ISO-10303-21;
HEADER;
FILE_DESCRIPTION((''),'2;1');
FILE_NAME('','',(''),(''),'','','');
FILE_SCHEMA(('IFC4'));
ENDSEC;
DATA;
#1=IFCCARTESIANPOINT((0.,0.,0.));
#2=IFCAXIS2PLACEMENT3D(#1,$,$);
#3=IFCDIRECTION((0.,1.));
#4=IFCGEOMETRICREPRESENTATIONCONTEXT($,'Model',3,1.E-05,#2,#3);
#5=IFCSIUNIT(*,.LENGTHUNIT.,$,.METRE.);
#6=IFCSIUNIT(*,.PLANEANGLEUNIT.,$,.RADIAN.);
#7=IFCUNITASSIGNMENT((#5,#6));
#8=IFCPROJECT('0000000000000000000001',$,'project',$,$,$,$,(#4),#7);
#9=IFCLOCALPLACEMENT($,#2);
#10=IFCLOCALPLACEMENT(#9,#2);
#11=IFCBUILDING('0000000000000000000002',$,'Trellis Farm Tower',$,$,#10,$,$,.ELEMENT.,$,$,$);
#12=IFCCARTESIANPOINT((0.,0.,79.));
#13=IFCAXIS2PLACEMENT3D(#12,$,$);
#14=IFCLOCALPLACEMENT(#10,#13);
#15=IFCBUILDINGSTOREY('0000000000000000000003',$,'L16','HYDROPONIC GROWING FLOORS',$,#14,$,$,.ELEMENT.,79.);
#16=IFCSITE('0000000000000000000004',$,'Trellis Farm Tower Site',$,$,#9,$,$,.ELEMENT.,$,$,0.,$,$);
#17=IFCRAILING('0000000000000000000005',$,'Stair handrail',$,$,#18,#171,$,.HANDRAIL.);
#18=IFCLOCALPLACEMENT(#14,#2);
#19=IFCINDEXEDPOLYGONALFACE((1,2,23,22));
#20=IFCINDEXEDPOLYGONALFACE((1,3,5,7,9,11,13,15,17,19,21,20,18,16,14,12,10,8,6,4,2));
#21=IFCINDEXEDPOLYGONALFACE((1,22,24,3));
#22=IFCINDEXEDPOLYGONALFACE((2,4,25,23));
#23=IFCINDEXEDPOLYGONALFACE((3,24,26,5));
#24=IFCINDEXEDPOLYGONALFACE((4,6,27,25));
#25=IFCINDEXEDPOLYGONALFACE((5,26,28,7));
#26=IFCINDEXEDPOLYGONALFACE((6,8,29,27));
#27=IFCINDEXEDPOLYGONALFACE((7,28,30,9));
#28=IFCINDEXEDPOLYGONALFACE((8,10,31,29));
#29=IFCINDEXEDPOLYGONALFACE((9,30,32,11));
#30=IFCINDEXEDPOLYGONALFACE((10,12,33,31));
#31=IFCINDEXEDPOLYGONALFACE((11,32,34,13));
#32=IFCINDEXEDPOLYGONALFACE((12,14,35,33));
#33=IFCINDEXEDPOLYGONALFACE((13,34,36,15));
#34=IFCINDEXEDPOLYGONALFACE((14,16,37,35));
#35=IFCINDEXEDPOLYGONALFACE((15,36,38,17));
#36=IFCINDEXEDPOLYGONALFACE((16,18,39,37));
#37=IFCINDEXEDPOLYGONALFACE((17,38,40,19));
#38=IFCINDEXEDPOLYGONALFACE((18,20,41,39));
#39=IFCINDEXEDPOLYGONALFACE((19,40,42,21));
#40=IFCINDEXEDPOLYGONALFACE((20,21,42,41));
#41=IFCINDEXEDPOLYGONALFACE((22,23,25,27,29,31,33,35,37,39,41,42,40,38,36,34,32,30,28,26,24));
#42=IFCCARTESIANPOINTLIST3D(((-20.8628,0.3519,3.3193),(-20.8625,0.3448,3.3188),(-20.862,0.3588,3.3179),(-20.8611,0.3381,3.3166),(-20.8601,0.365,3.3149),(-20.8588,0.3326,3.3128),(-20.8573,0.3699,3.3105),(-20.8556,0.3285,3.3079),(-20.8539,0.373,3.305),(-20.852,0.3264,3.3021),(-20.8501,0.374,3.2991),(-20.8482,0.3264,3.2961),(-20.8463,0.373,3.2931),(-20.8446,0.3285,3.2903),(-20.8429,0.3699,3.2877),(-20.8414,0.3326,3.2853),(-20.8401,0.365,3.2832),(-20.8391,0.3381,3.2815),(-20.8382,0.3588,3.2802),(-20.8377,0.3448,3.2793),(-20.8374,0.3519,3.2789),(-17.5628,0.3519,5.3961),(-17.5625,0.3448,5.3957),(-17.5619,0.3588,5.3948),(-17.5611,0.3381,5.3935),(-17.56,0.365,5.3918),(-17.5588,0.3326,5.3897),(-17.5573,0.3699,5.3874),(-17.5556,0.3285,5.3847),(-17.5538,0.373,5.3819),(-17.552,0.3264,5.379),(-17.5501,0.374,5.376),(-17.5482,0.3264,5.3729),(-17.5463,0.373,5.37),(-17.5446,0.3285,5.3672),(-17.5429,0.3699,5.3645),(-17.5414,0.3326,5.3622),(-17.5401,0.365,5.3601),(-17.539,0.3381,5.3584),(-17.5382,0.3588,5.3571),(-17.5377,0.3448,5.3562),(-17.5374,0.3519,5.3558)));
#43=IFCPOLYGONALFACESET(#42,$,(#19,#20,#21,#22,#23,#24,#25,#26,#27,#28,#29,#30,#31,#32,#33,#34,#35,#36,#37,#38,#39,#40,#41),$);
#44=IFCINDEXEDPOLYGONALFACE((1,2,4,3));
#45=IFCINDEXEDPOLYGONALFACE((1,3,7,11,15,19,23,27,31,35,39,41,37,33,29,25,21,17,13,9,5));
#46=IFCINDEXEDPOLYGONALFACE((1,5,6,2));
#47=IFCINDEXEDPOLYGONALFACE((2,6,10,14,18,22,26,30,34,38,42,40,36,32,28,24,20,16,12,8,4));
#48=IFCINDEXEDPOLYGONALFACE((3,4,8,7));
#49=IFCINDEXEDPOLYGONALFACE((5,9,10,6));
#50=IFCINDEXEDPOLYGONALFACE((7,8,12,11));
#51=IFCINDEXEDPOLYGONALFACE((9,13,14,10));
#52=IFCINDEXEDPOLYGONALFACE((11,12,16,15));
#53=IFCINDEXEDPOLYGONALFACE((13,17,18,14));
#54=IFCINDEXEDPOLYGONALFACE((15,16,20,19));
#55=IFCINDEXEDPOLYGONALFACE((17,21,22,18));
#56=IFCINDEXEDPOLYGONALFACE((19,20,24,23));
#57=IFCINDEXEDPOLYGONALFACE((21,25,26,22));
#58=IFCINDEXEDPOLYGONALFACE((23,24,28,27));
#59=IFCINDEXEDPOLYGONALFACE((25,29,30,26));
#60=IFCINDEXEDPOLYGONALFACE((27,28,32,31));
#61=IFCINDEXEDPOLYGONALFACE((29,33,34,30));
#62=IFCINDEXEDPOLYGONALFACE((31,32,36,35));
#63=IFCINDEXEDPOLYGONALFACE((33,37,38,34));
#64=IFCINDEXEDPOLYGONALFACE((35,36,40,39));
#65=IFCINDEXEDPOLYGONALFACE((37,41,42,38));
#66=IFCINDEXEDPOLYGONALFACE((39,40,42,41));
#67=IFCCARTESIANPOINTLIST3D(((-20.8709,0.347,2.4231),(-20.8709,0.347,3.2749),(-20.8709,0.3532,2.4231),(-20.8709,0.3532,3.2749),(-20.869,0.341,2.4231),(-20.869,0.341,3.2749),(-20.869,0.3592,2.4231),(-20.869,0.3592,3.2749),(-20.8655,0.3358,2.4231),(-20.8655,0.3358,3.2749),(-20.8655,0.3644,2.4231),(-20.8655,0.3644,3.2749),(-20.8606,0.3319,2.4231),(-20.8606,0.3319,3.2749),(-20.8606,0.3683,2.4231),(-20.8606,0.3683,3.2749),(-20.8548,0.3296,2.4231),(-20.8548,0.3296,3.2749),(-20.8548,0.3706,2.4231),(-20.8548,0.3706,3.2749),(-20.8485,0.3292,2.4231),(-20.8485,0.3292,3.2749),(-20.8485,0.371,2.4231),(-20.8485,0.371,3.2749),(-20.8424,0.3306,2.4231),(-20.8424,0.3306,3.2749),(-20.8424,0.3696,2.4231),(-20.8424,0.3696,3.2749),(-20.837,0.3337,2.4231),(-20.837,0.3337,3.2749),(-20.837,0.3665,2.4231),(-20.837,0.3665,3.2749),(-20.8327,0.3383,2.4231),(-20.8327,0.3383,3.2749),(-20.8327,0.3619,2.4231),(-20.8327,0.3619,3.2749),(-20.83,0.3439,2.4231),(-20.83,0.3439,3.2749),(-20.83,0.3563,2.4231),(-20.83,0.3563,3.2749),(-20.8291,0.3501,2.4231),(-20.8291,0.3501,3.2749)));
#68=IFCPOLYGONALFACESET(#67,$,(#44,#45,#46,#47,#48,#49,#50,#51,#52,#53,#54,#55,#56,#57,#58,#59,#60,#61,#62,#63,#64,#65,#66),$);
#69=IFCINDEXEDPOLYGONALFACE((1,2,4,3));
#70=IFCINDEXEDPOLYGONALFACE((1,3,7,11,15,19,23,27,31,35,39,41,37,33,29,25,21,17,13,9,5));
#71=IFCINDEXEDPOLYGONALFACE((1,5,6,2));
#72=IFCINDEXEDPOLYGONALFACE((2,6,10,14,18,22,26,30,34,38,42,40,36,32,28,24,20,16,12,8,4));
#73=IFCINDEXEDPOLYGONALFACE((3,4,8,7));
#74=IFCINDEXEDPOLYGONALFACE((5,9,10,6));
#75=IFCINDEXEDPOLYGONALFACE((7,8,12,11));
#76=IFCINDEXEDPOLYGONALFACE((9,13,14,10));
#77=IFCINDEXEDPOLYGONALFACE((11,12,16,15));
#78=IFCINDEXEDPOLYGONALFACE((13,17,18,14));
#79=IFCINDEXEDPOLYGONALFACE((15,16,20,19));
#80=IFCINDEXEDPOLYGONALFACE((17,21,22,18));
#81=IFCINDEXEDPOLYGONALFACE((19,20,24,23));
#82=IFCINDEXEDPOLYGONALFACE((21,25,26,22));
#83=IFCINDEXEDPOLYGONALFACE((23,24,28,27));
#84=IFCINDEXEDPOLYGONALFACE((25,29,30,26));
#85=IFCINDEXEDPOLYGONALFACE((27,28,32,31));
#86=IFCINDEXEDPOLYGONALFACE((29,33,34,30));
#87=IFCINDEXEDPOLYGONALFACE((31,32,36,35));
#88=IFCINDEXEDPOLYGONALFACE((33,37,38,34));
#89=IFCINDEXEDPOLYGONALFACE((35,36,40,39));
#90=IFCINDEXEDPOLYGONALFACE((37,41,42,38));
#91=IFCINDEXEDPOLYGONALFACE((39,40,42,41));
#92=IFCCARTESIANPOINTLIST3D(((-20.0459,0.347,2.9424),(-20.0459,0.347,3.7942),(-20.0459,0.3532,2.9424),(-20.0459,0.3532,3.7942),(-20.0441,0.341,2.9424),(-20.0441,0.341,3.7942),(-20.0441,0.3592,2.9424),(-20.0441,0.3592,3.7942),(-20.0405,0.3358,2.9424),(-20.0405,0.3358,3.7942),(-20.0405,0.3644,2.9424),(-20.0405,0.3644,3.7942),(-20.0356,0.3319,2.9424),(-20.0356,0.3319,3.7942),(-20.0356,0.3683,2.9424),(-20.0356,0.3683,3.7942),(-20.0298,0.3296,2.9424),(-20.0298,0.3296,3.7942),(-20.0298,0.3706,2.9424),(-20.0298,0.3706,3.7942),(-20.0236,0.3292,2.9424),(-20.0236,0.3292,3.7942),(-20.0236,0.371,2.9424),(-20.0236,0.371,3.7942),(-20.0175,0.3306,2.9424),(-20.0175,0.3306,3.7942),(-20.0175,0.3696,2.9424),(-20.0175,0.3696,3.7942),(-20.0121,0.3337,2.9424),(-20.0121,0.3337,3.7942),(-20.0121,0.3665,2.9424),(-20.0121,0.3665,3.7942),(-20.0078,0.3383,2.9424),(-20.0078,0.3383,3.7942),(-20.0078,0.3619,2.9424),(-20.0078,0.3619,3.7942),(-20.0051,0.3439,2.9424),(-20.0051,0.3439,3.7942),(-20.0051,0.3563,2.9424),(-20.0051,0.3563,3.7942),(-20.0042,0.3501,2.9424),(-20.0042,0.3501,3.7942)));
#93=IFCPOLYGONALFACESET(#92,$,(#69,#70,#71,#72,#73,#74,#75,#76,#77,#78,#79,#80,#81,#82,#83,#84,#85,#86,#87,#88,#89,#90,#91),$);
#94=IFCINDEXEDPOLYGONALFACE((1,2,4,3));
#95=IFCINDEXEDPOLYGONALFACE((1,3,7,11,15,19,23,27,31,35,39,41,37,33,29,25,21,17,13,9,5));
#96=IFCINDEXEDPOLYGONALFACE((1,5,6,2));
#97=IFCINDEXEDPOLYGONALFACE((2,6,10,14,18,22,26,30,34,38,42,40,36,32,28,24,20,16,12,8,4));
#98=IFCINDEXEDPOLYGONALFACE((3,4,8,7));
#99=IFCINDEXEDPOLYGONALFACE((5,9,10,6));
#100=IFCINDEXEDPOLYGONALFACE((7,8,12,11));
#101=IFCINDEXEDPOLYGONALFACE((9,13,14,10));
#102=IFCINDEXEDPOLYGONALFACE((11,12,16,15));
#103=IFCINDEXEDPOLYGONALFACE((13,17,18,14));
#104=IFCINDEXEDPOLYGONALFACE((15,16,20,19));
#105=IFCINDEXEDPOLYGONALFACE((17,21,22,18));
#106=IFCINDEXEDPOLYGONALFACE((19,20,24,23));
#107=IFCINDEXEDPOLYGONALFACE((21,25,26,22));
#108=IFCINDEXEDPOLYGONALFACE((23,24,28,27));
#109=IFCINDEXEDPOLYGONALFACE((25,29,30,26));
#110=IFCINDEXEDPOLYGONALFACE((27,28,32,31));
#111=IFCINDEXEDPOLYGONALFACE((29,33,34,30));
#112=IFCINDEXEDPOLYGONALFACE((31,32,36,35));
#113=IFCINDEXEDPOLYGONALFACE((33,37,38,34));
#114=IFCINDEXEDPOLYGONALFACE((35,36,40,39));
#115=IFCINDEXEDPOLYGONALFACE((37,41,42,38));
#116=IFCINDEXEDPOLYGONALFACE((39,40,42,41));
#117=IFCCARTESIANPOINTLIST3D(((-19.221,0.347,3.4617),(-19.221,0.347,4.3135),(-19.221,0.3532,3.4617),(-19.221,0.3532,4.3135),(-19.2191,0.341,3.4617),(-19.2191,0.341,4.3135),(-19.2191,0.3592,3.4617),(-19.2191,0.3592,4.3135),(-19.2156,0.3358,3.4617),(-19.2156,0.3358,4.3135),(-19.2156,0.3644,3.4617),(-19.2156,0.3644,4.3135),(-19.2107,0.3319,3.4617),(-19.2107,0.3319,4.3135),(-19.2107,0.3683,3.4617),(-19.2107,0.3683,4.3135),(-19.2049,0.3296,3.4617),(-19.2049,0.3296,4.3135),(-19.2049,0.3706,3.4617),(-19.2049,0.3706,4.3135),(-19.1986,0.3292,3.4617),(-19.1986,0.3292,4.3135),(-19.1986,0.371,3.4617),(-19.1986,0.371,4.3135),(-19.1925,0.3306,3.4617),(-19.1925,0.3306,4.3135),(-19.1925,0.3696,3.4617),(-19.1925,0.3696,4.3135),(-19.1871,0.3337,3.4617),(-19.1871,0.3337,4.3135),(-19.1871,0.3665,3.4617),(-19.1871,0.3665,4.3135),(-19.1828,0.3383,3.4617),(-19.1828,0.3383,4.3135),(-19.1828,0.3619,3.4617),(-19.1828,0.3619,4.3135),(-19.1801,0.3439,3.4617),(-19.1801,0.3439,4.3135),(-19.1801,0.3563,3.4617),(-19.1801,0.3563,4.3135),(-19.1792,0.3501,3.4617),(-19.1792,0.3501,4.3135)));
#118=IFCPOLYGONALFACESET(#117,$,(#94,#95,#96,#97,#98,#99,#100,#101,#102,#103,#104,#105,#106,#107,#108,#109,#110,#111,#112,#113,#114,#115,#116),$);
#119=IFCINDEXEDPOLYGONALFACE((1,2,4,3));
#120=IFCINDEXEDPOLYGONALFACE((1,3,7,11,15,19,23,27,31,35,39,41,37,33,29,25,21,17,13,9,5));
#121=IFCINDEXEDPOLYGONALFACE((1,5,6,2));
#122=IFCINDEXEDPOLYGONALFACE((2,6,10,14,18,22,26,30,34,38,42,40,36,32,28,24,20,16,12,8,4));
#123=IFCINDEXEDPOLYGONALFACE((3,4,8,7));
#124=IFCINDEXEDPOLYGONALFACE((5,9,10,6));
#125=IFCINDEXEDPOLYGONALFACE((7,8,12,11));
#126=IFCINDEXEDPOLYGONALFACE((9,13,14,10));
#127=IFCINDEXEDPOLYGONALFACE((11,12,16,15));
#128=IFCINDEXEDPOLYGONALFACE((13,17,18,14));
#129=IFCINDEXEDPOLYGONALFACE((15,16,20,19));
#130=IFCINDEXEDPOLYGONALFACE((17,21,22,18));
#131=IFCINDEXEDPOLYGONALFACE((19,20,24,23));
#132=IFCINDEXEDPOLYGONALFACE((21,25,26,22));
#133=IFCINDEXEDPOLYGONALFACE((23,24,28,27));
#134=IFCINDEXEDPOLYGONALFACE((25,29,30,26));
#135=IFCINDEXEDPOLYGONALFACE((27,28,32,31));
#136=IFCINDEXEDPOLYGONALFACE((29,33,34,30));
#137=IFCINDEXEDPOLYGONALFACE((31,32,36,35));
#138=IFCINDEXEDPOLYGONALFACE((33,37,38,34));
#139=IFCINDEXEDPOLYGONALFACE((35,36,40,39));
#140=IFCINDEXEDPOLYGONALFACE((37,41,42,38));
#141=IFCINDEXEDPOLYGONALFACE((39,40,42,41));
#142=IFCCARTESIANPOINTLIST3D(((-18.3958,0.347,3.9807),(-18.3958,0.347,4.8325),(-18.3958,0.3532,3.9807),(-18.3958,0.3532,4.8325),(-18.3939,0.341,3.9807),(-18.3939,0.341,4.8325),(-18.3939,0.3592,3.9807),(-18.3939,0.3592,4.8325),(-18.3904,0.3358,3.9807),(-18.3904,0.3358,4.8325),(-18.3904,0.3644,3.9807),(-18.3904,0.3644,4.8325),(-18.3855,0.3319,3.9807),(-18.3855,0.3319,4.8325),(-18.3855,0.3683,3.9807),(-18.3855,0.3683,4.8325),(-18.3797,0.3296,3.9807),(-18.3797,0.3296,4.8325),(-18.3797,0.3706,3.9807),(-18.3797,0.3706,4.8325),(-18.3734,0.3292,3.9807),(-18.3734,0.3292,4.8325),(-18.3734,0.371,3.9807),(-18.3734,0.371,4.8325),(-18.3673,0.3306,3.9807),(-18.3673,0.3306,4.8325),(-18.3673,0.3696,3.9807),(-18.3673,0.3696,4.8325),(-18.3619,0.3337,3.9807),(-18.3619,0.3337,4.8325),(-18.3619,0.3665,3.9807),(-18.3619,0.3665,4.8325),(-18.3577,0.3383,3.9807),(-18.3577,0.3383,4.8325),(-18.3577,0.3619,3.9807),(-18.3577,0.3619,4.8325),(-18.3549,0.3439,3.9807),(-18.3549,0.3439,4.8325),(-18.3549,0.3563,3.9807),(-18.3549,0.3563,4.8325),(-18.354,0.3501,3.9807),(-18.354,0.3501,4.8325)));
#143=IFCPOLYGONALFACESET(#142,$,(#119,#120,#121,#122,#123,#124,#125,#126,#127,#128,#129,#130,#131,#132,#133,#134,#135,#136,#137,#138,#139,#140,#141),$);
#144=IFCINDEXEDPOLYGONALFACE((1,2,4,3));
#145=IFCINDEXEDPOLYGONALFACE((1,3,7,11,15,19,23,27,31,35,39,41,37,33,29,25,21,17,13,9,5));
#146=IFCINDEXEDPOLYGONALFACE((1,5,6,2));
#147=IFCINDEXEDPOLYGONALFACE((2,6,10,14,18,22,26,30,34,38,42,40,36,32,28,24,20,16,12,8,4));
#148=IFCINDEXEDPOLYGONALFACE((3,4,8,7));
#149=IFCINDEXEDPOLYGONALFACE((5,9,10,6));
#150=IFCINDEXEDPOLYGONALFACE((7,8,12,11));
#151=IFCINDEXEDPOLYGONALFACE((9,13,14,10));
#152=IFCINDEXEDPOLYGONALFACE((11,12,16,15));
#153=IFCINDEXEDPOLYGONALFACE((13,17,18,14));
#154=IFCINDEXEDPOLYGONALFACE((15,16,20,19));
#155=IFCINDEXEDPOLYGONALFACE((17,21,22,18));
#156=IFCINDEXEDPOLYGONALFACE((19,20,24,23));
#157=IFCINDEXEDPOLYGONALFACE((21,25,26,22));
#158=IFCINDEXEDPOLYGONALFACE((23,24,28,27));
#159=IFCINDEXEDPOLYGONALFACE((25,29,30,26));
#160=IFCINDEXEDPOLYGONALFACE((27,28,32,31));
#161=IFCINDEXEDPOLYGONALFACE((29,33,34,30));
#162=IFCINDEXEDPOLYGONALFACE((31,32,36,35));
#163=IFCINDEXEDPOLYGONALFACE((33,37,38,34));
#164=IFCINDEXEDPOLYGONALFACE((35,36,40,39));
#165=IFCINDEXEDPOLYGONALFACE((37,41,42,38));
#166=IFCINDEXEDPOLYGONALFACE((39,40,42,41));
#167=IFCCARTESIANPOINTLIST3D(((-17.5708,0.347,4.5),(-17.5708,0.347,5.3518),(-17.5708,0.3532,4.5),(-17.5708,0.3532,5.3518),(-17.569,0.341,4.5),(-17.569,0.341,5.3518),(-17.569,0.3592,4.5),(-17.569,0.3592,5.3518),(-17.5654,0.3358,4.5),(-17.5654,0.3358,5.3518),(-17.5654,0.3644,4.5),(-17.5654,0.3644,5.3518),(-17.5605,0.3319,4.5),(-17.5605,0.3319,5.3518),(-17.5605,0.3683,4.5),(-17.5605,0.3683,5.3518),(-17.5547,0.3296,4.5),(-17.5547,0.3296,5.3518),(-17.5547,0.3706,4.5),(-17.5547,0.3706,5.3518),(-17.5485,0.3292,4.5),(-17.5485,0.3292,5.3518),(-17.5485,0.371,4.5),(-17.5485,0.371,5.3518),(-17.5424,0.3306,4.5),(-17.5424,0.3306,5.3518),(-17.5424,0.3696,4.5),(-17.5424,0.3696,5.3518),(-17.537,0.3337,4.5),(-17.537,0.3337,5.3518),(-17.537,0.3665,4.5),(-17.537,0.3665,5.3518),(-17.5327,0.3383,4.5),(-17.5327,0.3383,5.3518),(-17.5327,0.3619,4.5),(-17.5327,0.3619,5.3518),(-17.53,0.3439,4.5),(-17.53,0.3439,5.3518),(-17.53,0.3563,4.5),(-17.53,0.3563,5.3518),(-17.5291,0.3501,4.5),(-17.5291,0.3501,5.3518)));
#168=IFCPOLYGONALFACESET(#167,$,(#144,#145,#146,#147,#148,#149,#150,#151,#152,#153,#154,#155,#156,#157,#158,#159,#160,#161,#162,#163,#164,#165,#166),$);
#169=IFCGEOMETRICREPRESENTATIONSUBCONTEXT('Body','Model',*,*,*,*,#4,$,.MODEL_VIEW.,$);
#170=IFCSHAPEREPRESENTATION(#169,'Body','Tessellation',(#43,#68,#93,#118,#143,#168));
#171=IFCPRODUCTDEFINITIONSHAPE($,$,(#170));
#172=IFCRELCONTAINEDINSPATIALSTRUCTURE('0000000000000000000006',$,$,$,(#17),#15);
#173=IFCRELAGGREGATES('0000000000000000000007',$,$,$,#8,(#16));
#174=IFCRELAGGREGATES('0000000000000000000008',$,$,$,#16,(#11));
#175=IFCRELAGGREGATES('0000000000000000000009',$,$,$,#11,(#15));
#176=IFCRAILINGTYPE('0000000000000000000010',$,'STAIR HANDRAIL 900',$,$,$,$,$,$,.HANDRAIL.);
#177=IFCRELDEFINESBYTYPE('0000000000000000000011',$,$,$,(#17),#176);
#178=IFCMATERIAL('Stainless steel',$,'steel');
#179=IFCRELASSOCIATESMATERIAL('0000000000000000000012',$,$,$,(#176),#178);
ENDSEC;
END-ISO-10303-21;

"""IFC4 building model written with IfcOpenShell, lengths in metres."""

from ifc_helpers import new_model, si_unit, direction, frame, origin, origin_2d, place, context, subcontext, project, spatial, circle, extrude, source, transform, mapped, material, type_object, element, save


model = new_model("IFC4")

# Units and contexts
model_context = context("Model", 3, precision=1e-05, world=origin(), true_north=direction((0.0, 1.0)))
body_context = subcontext(model_context, "Body", "Model", "MODEL_VIEW")
ifc_project = project(units=[si_unit("LENGTHUNIT", "METRE"), si_unit("PLANEANGLEUNIT", "RADIAN")], contexts=[model_context])

# Site, building, storey
site_placement = place(None, origin())
site = spatial("IfcSite", under=ifc_project, at=site_placement, Name="Trellis Farm Tower Site", CompositionType="ELEMENT", RefElevation=0.0)
building_placement = place(site_placement, origin())
building = spatial("IfcBuilding", under=site, at=building_placement, Name="Trellis Farm Tower", CompositionType="ELEMENT")
storey_placement = place(building_placement, frame((0.0, 0.0, 79.0)))
storey = spatial("IfcBuildingStorey", under=building, at=storey_placement, Name="L16", Description="HYDROPONIC GROWING FLOORS", CompositionType="ELEMENT", Elevation=79.0)

# Railing
ifc_material_1 = material(Name="Stainless steel", Category="steel")
railing_type = type_object("IfcRailingType", Name="STAIR HANDRAIL 900", PredefinedType="HANDRAIL", material=ifc_material_1)
shared_shape_1 = source(origin(), body_context, "Body", "SweptSolid", [
    extrude(circle(Radius=0.0239, at=origin_2d()), frame((0.0, 0.0, 0.876), z_axis=(0.846337, 0.0, 0.532647), x_axis=(0.0, 1.0, 0.0)), (0.0, 0.0, 1.0), 3.8992),
    extrude(circle(Radius=0.021, at=origin_2d()), origin(), (0.0, 0.0, 1.0), 0.8518),
    extrude(circle(Radius=0.021, at=origin_2d()), frame((0.825, 0.0, 0.5193)), (0.0, 0.0, 1.0), 0.8518),
    extrude(circle(Radius=0.021, at=origin_2d()), frame((1.6499, 0.0, 1.0386)), (0.0, 0.0, 1.0), 0.8518),
    extrude(circle(Radius=0.021, at=origin_2d()), frame((2.4751, 0.0, 1.5576)), (0.0, 0.0, 1.0), 0.8518),
    extrude(circle(Radius=0.021, at=origin_2d()), frame((3.3, 0.0, 2.0769)), (0.0, 0.0, 1.0), 0.8518),
])
for number, where, name in (
    (1, (-20.8501, 0.3501, 2.4231), "Stair handrail"),
):
    element("IfcRailing", number, at=place(storey_placement, frame(where)), inside=storey, type_object=railing_type, Name=name, PredefinedType="HANDRAIL", context=body_context, shape_type="MappedRepresentation", body=[
        mapped(shared_shape_1, transform((0.0, 0.0, 0.0))),
    ])

save(model, "model.ifc")
